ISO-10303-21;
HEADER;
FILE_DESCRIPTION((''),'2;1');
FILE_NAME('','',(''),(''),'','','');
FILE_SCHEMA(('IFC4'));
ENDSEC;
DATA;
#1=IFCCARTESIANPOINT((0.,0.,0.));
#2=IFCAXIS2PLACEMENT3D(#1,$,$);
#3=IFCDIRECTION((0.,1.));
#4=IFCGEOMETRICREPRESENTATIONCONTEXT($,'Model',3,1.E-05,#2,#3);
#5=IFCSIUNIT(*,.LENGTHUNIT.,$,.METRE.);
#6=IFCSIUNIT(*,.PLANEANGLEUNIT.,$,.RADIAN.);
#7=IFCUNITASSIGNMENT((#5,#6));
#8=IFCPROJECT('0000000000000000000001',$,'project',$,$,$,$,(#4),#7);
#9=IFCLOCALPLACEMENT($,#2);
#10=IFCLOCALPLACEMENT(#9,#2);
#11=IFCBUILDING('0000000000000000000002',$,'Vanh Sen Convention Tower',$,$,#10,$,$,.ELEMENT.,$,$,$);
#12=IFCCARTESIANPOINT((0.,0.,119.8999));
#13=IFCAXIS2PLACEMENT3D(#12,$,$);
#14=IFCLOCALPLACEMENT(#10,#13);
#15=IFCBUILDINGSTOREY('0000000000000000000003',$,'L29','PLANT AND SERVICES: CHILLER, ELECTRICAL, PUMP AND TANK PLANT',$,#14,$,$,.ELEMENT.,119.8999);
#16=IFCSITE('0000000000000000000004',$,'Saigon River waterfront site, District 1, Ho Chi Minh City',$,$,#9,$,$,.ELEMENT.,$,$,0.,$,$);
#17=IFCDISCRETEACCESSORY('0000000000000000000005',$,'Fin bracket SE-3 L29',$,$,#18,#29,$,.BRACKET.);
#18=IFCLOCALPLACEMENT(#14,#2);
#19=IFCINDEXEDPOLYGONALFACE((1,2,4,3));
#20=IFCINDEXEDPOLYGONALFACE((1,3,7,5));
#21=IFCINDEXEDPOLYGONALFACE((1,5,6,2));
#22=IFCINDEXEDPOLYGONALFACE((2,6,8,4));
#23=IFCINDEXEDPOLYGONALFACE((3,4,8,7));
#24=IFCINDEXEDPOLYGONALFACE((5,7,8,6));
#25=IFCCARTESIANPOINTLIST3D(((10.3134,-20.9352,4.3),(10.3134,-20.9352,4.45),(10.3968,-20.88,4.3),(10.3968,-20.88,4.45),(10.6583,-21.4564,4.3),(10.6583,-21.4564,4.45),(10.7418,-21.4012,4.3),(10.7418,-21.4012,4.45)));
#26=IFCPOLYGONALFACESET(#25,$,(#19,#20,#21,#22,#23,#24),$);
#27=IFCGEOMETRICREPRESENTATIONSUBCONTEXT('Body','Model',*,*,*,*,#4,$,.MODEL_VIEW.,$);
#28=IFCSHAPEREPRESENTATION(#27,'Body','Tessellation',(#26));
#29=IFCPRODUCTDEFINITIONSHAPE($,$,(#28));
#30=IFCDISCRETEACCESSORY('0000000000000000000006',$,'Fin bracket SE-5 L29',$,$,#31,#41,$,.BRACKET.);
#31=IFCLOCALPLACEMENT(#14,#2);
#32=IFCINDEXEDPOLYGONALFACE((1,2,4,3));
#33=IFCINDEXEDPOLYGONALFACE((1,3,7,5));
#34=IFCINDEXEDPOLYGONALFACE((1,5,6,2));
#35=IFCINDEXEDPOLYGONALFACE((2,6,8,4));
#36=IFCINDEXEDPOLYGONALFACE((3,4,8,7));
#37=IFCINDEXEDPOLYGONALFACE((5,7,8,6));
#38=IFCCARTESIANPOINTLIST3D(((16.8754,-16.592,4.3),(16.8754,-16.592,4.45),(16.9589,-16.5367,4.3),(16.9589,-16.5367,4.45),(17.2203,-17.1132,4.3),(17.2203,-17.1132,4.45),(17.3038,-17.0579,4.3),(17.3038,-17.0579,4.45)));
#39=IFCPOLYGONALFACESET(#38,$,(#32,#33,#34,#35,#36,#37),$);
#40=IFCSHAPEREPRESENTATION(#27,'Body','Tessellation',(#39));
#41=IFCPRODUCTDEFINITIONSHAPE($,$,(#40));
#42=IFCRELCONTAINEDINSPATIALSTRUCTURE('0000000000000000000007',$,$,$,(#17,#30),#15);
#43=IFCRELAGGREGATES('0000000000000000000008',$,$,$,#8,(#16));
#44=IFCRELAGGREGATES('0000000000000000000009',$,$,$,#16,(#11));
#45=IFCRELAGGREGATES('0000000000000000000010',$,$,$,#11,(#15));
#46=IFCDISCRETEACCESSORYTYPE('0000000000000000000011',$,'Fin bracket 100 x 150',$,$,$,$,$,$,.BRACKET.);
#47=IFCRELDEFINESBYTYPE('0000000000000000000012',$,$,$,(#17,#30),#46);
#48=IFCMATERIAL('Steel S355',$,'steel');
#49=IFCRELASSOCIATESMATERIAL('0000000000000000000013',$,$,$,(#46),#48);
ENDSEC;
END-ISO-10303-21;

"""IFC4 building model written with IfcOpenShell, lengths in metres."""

from ifc_helpers import new_model, si_unit, direction, frame, origin, origin_2d, place, context, subcontext, project, spatial, rectangle, extrude, material, type_object, element, save


model = new_model("IFC4")

# Units and contexts
model_context = context("Model", 3, precision=1e-05, world=origin(), true_north=direction((0.0, 1.0)))
body_context = subcontext(model_context, "Body", "Model", "MODEL_VIEW")
ifc_project = project(units=[si_unit("LENGTHUNIT", "METRE"), si_unit("PLANEANGLEUNIT", "RADIAN")], contexts=[model_context])

# Site, building, storey
site_placement = place(None, origin())
site = spatial("IfcSite", under=ifc_project, at=site_placement, Name="Saigon River waterfront site, District 1, Ho Chi Minh City", CompositionType="ELEMENT", RefElevation=0.0)
building_placement = place(site_placement, origin())
building = spatial("IfcBuilding", under=site, at=building_placement, Name="Vanh Sen Convention Tower", CompositionType="ELEMENT")
storey_placement = place(building_placement, frame((0.0, 0.0, 119.8999)))
storey = spatial("IfcBuildingStorey", under=building, at=storey_placement, Name="L29", Description="PLANT AND SERVICES: CHILLER, ELECTRICAL, PUMP AND TANK PLANT", CompositionType="ELEMENT", Elevation=119.8999)

# Discrete accessories
ifc_material_1 = material(Name="Steel S355", Category="steel")
discrete_accessory_type_1 = type_object("IfcDiscreteAccessoryType", Name="Fin bracket 100 x 150", PredefinedType="BRACKET", material=ifc_material_1)
for number, where, z_axis, x_axis, name in (
    (1, (10.5276, -21.1682, 4.3), (0.0, 0.0, 1.0), (0.551937, -0.833886, 0.0), "Fin bracket SE-3 L29"),
    (2, (17.0896, -16.825, 4.3), (0.0, 0.0, 1.0), (0.551937, -0.833886, 0.0), "Fin bracket SE-5 L29"),
):
    element("IfcDiscreteAccessory", number, at=place(storey_placement, frame(where, z_axis=z_axis, x_axis=x_axis)), inside=storey, type_object=discrete_accessory_type_1, Name=name, PredefinedType="BRACKET", context=body_context, shape_type="SweptSolid", body=[
        extrude(rectangle(XDim=0.625, YDim=0.1001, at=origin_2d()), origin(), (0.0, 0.0, 1.0), 0.1499),
    ])

save(model, "model.ifc")
